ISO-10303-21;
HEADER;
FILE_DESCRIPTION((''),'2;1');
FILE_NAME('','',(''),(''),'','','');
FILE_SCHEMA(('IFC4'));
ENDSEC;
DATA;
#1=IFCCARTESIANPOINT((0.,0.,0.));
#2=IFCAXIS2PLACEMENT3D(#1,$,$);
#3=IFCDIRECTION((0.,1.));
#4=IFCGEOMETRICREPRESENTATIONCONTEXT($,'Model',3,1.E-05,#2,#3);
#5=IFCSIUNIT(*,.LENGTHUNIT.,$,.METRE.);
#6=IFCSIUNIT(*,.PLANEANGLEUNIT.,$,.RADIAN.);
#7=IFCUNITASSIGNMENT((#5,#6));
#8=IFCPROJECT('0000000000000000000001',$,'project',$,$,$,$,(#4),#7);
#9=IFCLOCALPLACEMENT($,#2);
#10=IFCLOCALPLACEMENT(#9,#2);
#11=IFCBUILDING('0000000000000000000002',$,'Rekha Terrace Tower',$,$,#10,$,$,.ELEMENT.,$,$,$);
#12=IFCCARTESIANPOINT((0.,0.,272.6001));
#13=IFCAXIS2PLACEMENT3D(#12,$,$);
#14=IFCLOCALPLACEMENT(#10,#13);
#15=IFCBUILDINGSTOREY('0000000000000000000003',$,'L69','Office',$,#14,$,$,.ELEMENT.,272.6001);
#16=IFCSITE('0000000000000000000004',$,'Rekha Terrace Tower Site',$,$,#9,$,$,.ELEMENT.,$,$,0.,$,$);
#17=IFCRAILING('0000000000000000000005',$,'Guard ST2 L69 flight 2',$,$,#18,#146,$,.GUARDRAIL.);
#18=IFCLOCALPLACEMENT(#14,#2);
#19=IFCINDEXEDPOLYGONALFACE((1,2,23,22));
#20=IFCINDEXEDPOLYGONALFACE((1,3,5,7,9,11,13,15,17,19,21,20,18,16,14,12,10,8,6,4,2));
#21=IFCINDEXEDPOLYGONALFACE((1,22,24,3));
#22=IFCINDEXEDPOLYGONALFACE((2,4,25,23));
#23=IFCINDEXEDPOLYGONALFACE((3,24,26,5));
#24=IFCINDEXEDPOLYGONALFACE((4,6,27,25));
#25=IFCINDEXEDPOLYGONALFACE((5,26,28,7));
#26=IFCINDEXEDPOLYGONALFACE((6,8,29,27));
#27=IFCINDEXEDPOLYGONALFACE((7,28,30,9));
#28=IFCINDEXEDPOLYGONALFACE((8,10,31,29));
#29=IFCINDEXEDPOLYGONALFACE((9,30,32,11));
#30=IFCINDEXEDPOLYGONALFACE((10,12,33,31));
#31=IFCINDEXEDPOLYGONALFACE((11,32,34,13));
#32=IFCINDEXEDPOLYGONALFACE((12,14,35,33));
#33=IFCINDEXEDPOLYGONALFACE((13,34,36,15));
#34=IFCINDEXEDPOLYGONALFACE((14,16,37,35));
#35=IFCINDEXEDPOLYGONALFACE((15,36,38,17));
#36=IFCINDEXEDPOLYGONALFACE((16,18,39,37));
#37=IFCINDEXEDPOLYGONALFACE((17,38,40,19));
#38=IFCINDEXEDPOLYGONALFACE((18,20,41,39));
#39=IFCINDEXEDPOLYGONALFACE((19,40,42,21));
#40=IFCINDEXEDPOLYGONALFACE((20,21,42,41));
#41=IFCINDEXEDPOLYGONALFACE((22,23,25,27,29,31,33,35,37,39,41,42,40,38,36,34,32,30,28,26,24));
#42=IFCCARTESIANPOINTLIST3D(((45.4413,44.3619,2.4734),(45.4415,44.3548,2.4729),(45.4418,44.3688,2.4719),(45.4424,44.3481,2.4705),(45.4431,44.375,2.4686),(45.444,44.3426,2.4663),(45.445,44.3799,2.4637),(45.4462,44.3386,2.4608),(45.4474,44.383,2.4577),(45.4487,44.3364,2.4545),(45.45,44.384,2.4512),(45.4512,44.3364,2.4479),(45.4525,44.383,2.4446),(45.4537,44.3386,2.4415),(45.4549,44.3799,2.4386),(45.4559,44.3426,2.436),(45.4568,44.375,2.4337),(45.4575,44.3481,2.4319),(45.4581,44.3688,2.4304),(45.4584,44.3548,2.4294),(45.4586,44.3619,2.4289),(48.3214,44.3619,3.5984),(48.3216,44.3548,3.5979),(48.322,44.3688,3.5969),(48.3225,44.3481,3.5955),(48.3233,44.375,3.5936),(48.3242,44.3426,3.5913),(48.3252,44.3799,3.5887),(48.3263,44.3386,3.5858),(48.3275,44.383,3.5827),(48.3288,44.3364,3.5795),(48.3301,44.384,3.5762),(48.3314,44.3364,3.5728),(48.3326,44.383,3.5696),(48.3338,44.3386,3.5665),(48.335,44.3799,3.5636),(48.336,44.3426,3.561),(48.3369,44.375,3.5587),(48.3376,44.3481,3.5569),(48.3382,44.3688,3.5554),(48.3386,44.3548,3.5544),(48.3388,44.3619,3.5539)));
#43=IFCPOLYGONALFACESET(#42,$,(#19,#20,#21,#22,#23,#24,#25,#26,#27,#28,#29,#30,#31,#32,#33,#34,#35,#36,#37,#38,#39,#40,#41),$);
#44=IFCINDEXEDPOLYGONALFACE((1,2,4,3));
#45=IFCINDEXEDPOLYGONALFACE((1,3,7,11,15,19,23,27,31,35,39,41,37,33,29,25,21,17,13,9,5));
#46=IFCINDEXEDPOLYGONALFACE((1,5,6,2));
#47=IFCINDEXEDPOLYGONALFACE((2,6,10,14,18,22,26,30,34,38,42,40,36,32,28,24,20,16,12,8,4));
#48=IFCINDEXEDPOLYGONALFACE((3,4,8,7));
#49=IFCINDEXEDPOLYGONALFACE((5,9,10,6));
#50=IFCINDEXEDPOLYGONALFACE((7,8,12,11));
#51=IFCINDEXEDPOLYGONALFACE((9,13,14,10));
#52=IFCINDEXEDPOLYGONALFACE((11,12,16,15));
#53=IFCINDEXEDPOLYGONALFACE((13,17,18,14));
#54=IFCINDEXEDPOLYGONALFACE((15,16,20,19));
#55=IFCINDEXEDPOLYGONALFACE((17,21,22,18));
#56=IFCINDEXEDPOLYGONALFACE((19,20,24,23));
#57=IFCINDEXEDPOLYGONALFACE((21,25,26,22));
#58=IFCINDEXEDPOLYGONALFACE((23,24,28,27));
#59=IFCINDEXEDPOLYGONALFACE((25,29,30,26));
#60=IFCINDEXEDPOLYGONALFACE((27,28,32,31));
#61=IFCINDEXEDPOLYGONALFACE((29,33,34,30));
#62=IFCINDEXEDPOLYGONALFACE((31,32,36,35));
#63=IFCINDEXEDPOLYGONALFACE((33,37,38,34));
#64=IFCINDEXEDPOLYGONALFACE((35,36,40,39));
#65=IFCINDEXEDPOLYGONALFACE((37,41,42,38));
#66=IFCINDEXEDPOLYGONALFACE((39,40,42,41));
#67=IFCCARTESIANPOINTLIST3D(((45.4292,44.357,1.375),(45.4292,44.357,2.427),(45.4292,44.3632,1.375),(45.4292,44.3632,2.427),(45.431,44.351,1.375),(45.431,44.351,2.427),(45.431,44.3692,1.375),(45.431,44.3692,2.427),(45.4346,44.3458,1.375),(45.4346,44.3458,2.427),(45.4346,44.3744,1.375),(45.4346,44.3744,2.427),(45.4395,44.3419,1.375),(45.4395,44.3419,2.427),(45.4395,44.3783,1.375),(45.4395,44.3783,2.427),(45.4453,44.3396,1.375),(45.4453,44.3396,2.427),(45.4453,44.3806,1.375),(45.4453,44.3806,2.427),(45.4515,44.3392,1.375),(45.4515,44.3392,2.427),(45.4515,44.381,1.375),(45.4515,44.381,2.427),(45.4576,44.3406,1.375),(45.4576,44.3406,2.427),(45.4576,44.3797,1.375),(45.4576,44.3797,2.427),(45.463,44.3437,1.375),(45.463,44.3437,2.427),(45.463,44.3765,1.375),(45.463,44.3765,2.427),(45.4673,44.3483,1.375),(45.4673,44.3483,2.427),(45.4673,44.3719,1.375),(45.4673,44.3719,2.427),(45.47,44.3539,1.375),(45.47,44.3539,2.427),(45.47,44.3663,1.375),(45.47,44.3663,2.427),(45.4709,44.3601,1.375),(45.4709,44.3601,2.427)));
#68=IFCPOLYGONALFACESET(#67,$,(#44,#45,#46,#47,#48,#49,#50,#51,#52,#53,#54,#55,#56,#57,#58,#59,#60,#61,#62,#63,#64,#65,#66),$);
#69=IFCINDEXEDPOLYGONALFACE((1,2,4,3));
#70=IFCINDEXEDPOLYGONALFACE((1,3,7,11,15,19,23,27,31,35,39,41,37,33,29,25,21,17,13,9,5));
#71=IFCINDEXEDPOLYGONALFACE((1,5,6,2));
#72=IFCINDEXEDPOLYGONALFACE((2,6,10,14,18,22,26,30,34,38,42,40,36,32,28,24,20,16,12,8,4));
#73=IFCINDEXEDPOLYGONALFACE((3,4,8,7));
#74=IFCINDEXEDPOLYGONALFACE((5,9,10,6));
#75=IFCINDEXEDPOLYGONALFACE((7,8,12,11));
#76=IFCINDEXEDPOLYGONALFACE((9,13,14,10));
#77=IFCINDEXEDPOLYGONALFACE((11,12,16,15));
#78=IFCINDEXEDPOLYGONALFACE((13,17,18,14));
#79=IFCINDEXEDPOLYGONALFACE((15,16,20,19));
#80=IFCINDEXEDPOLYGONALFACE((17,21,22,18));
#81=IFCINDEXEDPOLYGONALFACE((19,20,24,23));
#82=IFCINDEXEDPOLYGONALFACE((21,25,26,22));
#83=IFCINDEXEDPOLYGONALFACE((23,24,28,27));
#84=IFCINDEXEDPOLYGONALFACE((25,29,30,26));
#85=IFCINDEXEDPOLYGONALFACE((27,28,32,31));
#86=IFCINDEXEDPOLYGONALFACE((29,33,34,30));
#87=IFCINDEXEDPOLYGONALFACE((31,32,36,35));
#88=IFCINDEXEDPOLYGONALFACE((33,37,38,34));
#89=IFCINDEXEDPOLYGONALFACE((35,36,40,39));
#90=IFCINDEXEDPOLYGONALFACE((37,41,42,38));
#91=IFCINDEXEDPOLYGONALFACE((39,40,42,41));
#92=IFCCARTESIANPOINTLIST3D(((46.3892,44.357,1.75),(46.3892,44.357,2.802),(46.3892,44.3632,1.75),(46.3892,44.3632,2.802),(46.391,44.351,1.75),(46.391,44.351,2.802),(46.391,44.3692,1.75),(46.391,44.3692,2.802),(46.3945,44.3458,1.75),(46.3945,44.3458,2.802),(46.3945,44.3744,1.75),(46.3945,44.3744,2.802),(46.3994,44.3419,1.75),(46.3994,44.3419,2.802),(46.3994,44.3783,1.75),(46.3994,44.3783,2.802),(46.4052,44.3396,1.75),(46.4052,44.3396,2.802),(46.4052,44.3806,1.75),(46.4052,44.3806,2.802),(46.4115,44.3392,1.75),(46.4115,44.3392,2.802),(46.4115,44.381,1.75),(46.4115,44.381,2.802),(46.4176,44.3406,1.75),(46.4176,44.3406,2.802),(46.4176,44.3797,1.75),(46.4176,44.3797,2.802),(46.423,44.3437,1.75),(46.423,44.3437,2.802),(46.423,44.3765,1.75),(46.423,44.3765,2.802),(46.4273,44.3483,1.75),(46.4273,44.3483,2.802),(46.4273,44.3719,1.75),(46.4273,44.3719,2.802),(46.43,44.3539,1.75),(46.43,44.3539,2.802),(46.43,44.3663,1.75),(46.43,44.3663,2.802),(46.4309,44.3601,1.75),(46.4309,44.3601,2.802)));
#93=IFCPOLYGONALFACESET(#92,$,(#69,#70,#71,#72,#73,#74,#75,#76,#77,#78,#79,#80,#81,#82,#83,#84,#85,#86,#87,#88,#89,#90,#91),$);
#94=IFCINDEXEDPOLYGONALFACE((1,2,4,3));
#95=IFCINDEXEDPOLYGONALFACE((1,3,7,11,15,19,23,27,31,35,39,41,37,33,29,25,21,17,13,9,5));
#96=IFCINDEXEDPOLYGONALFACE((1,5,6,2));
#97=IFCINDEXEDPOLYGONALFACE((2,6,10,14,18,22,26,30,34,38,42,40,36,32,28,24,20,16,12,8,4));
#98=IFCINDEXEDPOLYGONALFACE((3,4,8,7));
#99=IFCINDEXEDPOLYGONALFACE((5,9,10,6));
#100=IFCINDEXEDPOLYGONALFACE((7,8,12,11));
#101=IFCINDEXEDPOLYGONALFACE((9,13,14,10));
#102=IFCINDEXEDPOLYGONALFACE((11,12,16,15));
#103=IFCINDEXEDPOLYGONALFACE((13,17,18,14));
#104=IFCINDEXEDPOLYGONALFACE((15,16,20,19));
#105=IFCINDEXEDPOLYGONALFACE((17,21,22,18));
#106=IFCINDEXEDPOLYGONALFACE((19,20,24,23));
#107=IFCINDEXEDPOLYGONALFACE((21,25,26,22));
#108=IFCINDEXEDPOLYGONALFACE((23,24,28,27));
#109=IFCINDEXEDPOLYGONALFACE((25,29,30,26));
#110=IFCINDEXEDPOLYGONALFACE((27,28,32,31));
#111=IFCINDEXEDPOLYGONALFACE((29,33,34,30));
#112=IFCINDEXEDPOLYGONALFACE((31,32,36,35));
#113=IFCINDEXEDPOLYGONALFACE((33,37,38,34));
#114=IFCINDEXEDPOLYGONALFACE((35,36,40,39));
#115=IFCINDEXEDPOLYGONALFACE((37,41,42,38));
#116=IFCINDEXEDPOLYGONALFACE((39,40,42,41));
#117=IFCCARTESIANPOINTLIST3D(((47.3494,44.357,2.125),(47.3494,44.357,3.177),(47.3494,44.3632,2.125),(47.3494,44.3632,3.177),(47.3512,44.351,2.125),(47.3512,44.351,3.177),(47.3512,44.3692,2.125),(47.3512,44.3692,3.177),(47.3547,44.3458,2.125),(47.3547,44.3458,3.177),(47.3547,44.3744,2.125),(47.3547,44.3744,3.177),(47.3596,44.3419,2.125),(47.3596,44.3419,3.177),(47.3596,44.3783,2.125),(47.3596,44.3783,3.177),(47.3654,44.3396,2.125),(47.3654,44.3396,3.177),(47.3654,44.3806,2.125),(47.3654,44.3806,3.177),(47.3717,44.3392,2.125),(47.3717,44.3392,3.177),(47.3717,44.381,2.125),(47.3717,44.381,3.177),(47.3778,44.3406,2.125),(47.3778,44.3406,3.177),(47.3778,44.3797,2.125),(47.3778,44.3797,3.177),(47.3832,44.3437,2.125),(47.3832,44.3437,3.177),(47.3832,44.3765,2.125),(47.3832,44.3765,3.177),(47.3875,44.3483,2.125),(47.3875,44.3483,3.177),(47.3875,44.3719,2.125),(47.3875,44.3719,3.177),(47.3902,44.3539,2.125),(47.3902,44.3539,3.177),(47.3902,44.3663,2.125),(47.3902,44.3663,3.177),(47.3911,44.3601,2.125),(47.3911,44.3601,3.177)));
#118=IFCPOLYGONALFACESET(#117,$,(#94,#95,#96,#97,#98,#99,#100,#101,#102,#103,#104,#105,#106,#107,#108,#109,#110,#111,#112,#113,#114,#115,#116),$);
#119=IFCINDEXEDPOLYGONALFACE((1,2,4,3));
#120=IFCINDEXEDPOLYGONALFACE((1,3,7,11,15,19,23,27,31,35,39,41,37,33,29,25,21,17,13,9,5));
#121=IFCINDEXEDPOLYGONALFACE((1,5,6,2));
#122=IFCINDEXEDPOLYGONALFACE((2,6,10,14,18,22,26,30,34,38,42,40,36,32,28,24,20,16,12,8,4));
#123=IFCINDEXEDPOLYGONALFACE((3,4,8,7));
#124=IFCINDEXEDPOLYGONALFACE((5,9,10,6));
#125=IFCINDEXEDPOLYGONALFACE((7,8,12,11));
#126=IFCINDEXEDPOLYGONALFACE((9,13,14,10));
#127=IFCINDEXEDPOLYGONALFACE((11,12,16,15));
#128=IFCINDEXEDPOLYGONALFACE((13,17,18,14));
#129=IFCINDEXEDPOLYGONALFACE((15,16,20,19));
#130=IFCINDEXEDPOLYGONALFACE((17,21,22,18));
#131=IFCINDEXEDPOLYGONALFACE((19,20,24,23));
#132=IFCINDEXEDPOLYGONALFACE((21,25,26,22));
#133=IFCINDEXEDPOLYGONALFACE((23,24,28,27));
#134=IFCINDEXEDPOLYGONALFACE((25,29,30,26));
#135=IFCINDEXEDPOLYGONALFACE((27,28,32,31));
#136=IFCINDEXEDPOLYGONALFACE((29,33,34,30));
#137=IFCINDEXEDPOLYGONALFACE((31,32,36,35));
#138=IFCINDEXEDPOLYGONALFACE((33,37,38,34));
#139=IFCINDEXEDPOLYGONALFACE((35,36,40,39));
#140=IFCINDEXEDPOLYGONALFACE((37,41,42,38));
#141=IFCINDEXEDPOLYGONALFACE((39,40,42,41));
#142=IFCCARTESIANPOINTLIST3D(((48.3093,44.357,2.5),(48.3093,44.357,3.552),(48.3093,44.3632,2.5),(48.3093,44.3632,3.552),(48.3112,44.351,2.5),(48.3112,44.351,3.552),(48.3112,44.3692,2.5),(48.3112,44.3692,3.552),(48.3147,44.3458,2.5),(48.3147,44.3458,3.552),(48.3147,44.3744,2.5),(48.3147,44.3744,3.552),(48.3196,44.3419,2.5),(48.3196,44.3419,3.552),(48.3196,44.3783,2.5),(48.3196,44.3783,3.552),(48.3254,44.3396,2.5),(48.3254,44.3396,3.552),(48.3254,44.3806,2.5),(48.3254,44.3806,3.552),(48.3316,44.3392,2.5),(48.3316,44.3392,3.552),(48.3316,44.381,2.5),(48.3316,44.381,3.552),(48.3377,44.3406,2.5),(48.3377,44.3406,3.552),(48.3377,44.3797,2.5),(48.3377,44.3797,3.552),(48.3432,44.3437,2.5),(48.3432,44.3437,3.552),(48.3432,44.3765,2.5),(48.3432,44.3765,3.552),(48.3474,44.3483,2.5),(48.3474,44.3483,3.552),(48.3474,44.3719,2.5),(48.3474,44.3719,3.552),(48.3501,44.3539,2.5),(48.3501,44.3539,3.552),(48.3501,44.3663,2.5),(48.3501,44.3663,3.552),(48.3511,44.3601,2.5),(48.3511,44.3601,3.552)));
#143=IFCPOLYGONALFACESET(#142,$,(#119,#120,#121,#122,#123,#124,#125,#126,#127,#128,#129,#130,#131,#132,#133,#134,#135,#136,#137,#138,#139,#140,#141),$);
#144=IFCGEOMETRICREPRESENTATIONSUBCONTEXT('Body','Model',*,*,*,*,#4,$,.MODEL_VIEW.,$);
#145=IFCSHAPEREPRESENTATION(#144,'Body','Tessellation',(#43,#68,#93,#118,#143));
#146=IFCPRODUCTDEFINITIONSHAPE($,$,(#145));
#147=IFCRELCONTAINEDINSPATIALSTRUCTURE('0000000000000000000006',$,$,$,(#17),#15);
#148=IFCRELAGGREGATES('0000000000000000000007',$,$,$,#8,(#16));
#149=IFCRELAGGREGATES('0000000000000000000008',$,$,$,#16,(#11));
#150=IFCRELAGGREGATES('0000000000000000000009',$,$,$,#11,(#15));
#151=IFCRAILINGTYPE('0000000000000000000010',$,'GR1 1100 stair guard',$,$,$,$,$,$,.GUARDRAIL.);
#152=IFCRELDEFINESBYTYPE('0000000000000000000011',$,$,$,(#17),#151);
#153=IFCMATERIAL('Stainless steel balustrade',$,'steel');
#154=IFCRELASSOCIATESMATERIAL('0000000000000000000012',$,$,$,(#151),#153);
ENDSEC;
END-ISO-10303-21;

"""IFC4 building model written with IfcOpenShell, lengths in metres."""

from ifc_helpers import new_model, si_unit, direction, frame, origin, origin_2d, place, context, subcontext, project, spatial, circle, extrude, material, type_object, element, save


model = new_model("IFC4")

# Units and contexts
model_context = context("Model", 3, precision=1e-05, world=origin(), true_north=direction((0.0, 1.0)))
body_context = subcontext(model_context, "Body", "Model", "MODEL_VIEW")
ifc_project = project(units=[si_unit("LENGTHUNIT", "METRE"), si_unit("PLANEANGLEUNIT", "RADIAN")], contexts=[model_context])

# Site, building, storey
site_placement = place(None, origin())
site = spatial("IfcSite", under=ifc_project, at=site_placement, Name="Rekha Terrace Tower Site", CompositionType="ELEMENT", RefElevation=0.0)
building_placement = place(site_placement, origin())
building = spatial("IfcBuilding", under=site, at=building_placement, Name="Rekha Terrace Tower", CompositionType="ELEMENT")
storey_placement = place(building_placement, frame((0.0, 0.0, 272.6001)))
storey = spatial("IfcBuildingStorey", under=building, at=storey_placement, Name="L69", Description="Office", CompositionType="ELEMENT", Elevation=272.6001)

# Railing
ifc_material_1 = material(Name="Stainless steel balustrade", Category="steel")
railing_type_1 = type_object("IfcRailingType", Name="GR1 1100 stair guard", PredefinedType="GUARDRAIL", material=ifc_material_1)
railing_1_placement = place(storey_placement, frame((45.45, 44.3601, 1.375)))
element("IfcRailing", 1, at=railing_1_placement, inside=storey, type_object=railing_type_1, Name="Guard ST2 L69 flight 2", PredefinedType="GUARDRAIL", context=body_context, shape_type="SweptSolid", body=[
    extrude(circle(Radius=0.0239, at=origin_2d()), frame((0.0, 0.0, 1.0762), z_axis=(0.931463, 0.0, 0.363837), x_axis=(0.0, 1.0, 0.0)), (0.0, 0.0, 1.0), 3.092),
    extrude(circle(Radius=0.021, at=origin_2d()), origin(), (0.0, 0.0, 1.0), 1.052),
    extrude(circle(Radius=0.021, at=origin_2d()), frame((0.96, 0.0, 0.375)), (0.0, 0.0, 1.0), 1.052),
    extrude(circle(Radius=0.021, at=origin_2d()), frame((1.9202, 0.0, 0.75)), (0.0, 0.0, 1.0), 1.052),
    extrude(circle(Radius=0.021, at=origin_2d()), frame((2.8801, 0.0, 1.125)), (0.0, 0.0, 1.0), 1.052),
])

save(model, "model.ifc")
